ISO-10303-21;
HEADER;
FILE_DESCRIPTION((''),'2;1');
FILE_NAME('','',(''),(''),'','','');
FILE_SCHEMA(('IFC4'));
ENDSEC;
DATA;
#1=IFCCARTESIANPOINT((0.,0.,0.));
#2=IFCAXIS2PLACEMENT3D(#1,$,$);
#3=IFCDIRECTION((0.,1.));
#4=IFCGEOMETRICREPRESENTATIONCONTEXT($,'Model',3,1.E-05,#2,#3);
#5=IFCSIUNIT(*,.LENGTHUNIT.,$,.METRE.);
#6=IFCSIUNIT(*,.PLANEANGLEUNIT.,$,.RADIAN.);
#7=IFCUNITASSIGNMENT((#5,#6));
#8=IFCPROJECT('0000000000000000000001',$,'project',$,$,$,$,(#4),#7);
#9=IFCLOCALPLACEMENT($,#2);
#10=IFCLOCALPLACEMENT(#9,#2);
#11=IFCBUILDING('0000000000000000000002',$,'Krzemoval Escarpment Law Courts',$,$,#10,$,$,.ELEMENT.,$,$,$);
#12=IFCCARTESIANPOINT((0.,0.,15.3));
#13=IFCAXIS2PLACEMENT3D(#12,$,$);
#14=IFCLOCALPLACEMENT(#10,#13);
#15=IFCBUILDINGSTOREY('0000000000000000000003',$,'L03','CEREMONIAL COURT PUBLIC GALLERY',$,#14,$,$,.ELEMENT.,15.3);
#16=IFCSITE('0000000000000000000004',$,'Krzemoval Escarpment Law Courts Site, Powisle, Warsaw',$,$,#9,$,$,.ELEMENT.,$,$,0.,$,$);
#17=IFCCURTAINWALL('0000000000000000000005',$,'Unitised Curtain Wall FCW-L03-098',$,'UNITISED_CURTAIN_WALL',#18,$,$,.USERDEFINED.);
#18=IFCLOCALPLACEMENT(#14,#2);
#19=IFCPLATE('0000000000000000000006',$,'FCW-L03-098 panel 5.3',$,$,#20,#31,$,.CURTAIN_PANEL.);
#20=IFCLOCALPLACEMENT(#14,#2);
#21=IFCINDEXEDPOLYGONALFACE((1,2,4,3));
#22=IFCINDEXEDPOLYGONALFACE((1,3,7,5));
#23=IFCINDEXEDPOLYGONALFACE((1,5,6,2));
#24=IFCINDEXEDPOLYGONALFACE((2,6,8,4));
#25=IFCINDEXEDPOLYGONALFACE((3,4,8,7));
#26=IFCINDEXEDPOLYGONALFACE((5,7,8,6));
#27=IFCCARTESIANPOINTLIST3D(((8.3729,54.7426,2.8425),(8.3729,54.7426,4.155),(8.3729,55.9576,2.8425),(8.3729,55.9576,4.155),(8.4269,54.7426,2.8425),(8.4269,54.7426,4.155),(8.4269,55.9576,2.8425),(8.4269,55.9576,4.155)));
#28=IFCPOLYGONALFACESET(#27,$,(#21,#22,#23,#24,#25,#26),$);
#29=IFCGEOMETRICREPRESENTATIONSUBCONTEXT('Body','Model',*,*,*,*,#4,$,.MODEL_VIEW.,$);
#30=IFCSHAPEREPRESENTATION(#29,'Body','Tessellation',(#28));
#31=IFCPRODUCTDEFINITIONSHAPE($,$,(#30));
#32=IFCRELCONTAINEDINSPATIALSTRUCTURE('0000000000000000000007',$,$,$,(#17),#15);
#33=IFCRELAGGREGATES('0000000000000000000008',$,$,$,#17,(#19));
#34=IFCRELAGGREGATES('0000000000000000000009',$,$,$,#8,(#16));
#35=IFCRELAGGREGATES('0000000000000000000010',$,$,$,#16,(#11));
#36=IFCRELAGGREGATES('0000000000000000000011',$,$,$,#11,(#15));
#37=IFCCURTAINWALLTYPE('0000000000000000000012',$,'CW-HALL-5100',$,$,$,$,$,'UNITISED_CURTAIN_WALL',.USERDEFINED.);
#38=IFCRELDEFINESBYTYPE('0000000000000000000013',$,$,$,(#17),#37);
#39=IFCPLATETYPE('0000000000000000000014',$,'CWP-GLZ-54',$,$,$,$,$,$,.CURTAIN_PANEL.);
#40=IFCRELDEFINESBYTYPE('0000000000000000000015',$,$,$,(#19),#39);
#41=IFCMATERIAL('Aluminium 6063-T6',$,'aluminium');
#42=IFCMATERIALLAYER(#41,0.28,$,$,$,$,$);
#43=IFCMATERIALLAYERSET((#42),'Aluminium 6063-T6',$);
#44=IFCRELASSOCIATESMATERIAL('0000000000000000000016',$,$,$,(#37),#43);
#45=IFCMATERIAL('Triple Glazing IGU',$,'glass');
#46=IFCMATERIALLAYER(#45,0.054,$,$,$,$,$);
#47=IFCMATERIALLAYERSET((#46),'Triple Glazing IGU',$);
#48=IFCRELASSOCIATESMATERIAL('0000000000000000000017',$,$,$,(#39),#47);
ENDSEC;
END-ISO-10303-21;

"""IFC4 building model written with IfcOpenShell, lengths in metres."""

from ifc_helpers import new_model, si_unit, direction, frame, origin, origin_2d, place, context, subcontext, project, spatial, rectangle, extrude, material, layer, layer_set, type_object, element, aggregate, save


model = new_model("IFC4")

# Units and contexts
model_context = context("Model", 3, precision=1e-05, world=origin(), true_north=direction((0.0, 1.0)))
body_context = subcontext(model_context, "Body", "Model", "MODEL_VIEW")
ifc_project = project(units=[si_unit("LENGTHUNIT", "METRE"), si_unit("PLANEANGLEUNIT", "RADIAN")], contexts=[model_context])

# Site, building, storey
site_placement = place(None, origin())
site = spatial("IfcSite", under=ifc_project, at=site_placement, Name="Krzemoval Escarpment Law Courts Site, Powisle, Warsaw", CompositionType="ELEMENT", RefElevation=0.0)
building_placement = place(site_placement, origin())
building = spatial("IfcBuilding", under=site, at=building_placement, Name="Krzemoval Escarpment Law Courts", CompositionType="ELEMENT")
storey_placement = place(building_placement, frame((0.0, 0.0, 15.3)))
storey = spatial("IfcBuildingStorey", under=building, at=storey_placement, Name="L03", Description="CEREMONIAL COURT PUBLIC GALLERY", CompositionType="ELEMENT", Elevation=15.3)

# Curtain wall
ifc_material_1 = material(Name="Aluminium 6063-T6", Category="aluminium")
ifc_layer_1 = layer(ifc_material_1, 0.28)
ifc_layer_set_1 = layer_set([ifc_layer_1], Name="Aluminium 6063-T6")
curtain_wall_type = type_object("IfcCurtainWallType", Name="CW-HALL-5100", ElementType="UNITISED_CURTAIN_WALL", PredefinedType="USERDEFINED", material=ifc_layer_set_1)
curtain_wall_placement = place(storey_placement, origin())
curtain_wall = element("IfcCurtainWall", 1, at=curtain_wall_placement, inside=storey, type_object=curtain_wall_type, Name="Unitised Curtain Wall FCW-L03-098", ObjectType="UNITISED_CURTAIN_WALL", PredefinedType="USERDEFINED")

# Plate
ifc_material_2 = material(Name="Triple Glazing IGU", Category="glass")
ifc_layer_2 = layer(ifc_material_2, 0.054)
ifc_layer_set_2 = layer_set([ifc_layer_2], Name="Triple Glazing IGU")
plate_type = type_object("IfcPlateType", Name="CWP-GLZ-54", PredefinedType="CURTAIN_PANEL", material=ifc_layer_set_2)
plate_1_placement = place(storey_placement, frame((8.3999, 55.3501, 2.8425), z_axis=(0.0, 0.0, 1.0), x_axis=(0.0, 1.0, 0.0)))
plate_1 = element("IfcPlate", 2, at=plate_1_placement, type_object=plate_type, Name="FCW-L03-098 panel 5.3", PredefinedType="CURTAIN_PANEL", context=body_context, shape_type="SweptSolid", body=[
    extrude(rectangle(XDim=1.2151, YDim=0.054, at=origin_2d()), origin(), (0.0, 0.0, 1.0), 1.3125),
])
aggregate(curtain_wall, [plate_1])

save(model, "model.ifc")
